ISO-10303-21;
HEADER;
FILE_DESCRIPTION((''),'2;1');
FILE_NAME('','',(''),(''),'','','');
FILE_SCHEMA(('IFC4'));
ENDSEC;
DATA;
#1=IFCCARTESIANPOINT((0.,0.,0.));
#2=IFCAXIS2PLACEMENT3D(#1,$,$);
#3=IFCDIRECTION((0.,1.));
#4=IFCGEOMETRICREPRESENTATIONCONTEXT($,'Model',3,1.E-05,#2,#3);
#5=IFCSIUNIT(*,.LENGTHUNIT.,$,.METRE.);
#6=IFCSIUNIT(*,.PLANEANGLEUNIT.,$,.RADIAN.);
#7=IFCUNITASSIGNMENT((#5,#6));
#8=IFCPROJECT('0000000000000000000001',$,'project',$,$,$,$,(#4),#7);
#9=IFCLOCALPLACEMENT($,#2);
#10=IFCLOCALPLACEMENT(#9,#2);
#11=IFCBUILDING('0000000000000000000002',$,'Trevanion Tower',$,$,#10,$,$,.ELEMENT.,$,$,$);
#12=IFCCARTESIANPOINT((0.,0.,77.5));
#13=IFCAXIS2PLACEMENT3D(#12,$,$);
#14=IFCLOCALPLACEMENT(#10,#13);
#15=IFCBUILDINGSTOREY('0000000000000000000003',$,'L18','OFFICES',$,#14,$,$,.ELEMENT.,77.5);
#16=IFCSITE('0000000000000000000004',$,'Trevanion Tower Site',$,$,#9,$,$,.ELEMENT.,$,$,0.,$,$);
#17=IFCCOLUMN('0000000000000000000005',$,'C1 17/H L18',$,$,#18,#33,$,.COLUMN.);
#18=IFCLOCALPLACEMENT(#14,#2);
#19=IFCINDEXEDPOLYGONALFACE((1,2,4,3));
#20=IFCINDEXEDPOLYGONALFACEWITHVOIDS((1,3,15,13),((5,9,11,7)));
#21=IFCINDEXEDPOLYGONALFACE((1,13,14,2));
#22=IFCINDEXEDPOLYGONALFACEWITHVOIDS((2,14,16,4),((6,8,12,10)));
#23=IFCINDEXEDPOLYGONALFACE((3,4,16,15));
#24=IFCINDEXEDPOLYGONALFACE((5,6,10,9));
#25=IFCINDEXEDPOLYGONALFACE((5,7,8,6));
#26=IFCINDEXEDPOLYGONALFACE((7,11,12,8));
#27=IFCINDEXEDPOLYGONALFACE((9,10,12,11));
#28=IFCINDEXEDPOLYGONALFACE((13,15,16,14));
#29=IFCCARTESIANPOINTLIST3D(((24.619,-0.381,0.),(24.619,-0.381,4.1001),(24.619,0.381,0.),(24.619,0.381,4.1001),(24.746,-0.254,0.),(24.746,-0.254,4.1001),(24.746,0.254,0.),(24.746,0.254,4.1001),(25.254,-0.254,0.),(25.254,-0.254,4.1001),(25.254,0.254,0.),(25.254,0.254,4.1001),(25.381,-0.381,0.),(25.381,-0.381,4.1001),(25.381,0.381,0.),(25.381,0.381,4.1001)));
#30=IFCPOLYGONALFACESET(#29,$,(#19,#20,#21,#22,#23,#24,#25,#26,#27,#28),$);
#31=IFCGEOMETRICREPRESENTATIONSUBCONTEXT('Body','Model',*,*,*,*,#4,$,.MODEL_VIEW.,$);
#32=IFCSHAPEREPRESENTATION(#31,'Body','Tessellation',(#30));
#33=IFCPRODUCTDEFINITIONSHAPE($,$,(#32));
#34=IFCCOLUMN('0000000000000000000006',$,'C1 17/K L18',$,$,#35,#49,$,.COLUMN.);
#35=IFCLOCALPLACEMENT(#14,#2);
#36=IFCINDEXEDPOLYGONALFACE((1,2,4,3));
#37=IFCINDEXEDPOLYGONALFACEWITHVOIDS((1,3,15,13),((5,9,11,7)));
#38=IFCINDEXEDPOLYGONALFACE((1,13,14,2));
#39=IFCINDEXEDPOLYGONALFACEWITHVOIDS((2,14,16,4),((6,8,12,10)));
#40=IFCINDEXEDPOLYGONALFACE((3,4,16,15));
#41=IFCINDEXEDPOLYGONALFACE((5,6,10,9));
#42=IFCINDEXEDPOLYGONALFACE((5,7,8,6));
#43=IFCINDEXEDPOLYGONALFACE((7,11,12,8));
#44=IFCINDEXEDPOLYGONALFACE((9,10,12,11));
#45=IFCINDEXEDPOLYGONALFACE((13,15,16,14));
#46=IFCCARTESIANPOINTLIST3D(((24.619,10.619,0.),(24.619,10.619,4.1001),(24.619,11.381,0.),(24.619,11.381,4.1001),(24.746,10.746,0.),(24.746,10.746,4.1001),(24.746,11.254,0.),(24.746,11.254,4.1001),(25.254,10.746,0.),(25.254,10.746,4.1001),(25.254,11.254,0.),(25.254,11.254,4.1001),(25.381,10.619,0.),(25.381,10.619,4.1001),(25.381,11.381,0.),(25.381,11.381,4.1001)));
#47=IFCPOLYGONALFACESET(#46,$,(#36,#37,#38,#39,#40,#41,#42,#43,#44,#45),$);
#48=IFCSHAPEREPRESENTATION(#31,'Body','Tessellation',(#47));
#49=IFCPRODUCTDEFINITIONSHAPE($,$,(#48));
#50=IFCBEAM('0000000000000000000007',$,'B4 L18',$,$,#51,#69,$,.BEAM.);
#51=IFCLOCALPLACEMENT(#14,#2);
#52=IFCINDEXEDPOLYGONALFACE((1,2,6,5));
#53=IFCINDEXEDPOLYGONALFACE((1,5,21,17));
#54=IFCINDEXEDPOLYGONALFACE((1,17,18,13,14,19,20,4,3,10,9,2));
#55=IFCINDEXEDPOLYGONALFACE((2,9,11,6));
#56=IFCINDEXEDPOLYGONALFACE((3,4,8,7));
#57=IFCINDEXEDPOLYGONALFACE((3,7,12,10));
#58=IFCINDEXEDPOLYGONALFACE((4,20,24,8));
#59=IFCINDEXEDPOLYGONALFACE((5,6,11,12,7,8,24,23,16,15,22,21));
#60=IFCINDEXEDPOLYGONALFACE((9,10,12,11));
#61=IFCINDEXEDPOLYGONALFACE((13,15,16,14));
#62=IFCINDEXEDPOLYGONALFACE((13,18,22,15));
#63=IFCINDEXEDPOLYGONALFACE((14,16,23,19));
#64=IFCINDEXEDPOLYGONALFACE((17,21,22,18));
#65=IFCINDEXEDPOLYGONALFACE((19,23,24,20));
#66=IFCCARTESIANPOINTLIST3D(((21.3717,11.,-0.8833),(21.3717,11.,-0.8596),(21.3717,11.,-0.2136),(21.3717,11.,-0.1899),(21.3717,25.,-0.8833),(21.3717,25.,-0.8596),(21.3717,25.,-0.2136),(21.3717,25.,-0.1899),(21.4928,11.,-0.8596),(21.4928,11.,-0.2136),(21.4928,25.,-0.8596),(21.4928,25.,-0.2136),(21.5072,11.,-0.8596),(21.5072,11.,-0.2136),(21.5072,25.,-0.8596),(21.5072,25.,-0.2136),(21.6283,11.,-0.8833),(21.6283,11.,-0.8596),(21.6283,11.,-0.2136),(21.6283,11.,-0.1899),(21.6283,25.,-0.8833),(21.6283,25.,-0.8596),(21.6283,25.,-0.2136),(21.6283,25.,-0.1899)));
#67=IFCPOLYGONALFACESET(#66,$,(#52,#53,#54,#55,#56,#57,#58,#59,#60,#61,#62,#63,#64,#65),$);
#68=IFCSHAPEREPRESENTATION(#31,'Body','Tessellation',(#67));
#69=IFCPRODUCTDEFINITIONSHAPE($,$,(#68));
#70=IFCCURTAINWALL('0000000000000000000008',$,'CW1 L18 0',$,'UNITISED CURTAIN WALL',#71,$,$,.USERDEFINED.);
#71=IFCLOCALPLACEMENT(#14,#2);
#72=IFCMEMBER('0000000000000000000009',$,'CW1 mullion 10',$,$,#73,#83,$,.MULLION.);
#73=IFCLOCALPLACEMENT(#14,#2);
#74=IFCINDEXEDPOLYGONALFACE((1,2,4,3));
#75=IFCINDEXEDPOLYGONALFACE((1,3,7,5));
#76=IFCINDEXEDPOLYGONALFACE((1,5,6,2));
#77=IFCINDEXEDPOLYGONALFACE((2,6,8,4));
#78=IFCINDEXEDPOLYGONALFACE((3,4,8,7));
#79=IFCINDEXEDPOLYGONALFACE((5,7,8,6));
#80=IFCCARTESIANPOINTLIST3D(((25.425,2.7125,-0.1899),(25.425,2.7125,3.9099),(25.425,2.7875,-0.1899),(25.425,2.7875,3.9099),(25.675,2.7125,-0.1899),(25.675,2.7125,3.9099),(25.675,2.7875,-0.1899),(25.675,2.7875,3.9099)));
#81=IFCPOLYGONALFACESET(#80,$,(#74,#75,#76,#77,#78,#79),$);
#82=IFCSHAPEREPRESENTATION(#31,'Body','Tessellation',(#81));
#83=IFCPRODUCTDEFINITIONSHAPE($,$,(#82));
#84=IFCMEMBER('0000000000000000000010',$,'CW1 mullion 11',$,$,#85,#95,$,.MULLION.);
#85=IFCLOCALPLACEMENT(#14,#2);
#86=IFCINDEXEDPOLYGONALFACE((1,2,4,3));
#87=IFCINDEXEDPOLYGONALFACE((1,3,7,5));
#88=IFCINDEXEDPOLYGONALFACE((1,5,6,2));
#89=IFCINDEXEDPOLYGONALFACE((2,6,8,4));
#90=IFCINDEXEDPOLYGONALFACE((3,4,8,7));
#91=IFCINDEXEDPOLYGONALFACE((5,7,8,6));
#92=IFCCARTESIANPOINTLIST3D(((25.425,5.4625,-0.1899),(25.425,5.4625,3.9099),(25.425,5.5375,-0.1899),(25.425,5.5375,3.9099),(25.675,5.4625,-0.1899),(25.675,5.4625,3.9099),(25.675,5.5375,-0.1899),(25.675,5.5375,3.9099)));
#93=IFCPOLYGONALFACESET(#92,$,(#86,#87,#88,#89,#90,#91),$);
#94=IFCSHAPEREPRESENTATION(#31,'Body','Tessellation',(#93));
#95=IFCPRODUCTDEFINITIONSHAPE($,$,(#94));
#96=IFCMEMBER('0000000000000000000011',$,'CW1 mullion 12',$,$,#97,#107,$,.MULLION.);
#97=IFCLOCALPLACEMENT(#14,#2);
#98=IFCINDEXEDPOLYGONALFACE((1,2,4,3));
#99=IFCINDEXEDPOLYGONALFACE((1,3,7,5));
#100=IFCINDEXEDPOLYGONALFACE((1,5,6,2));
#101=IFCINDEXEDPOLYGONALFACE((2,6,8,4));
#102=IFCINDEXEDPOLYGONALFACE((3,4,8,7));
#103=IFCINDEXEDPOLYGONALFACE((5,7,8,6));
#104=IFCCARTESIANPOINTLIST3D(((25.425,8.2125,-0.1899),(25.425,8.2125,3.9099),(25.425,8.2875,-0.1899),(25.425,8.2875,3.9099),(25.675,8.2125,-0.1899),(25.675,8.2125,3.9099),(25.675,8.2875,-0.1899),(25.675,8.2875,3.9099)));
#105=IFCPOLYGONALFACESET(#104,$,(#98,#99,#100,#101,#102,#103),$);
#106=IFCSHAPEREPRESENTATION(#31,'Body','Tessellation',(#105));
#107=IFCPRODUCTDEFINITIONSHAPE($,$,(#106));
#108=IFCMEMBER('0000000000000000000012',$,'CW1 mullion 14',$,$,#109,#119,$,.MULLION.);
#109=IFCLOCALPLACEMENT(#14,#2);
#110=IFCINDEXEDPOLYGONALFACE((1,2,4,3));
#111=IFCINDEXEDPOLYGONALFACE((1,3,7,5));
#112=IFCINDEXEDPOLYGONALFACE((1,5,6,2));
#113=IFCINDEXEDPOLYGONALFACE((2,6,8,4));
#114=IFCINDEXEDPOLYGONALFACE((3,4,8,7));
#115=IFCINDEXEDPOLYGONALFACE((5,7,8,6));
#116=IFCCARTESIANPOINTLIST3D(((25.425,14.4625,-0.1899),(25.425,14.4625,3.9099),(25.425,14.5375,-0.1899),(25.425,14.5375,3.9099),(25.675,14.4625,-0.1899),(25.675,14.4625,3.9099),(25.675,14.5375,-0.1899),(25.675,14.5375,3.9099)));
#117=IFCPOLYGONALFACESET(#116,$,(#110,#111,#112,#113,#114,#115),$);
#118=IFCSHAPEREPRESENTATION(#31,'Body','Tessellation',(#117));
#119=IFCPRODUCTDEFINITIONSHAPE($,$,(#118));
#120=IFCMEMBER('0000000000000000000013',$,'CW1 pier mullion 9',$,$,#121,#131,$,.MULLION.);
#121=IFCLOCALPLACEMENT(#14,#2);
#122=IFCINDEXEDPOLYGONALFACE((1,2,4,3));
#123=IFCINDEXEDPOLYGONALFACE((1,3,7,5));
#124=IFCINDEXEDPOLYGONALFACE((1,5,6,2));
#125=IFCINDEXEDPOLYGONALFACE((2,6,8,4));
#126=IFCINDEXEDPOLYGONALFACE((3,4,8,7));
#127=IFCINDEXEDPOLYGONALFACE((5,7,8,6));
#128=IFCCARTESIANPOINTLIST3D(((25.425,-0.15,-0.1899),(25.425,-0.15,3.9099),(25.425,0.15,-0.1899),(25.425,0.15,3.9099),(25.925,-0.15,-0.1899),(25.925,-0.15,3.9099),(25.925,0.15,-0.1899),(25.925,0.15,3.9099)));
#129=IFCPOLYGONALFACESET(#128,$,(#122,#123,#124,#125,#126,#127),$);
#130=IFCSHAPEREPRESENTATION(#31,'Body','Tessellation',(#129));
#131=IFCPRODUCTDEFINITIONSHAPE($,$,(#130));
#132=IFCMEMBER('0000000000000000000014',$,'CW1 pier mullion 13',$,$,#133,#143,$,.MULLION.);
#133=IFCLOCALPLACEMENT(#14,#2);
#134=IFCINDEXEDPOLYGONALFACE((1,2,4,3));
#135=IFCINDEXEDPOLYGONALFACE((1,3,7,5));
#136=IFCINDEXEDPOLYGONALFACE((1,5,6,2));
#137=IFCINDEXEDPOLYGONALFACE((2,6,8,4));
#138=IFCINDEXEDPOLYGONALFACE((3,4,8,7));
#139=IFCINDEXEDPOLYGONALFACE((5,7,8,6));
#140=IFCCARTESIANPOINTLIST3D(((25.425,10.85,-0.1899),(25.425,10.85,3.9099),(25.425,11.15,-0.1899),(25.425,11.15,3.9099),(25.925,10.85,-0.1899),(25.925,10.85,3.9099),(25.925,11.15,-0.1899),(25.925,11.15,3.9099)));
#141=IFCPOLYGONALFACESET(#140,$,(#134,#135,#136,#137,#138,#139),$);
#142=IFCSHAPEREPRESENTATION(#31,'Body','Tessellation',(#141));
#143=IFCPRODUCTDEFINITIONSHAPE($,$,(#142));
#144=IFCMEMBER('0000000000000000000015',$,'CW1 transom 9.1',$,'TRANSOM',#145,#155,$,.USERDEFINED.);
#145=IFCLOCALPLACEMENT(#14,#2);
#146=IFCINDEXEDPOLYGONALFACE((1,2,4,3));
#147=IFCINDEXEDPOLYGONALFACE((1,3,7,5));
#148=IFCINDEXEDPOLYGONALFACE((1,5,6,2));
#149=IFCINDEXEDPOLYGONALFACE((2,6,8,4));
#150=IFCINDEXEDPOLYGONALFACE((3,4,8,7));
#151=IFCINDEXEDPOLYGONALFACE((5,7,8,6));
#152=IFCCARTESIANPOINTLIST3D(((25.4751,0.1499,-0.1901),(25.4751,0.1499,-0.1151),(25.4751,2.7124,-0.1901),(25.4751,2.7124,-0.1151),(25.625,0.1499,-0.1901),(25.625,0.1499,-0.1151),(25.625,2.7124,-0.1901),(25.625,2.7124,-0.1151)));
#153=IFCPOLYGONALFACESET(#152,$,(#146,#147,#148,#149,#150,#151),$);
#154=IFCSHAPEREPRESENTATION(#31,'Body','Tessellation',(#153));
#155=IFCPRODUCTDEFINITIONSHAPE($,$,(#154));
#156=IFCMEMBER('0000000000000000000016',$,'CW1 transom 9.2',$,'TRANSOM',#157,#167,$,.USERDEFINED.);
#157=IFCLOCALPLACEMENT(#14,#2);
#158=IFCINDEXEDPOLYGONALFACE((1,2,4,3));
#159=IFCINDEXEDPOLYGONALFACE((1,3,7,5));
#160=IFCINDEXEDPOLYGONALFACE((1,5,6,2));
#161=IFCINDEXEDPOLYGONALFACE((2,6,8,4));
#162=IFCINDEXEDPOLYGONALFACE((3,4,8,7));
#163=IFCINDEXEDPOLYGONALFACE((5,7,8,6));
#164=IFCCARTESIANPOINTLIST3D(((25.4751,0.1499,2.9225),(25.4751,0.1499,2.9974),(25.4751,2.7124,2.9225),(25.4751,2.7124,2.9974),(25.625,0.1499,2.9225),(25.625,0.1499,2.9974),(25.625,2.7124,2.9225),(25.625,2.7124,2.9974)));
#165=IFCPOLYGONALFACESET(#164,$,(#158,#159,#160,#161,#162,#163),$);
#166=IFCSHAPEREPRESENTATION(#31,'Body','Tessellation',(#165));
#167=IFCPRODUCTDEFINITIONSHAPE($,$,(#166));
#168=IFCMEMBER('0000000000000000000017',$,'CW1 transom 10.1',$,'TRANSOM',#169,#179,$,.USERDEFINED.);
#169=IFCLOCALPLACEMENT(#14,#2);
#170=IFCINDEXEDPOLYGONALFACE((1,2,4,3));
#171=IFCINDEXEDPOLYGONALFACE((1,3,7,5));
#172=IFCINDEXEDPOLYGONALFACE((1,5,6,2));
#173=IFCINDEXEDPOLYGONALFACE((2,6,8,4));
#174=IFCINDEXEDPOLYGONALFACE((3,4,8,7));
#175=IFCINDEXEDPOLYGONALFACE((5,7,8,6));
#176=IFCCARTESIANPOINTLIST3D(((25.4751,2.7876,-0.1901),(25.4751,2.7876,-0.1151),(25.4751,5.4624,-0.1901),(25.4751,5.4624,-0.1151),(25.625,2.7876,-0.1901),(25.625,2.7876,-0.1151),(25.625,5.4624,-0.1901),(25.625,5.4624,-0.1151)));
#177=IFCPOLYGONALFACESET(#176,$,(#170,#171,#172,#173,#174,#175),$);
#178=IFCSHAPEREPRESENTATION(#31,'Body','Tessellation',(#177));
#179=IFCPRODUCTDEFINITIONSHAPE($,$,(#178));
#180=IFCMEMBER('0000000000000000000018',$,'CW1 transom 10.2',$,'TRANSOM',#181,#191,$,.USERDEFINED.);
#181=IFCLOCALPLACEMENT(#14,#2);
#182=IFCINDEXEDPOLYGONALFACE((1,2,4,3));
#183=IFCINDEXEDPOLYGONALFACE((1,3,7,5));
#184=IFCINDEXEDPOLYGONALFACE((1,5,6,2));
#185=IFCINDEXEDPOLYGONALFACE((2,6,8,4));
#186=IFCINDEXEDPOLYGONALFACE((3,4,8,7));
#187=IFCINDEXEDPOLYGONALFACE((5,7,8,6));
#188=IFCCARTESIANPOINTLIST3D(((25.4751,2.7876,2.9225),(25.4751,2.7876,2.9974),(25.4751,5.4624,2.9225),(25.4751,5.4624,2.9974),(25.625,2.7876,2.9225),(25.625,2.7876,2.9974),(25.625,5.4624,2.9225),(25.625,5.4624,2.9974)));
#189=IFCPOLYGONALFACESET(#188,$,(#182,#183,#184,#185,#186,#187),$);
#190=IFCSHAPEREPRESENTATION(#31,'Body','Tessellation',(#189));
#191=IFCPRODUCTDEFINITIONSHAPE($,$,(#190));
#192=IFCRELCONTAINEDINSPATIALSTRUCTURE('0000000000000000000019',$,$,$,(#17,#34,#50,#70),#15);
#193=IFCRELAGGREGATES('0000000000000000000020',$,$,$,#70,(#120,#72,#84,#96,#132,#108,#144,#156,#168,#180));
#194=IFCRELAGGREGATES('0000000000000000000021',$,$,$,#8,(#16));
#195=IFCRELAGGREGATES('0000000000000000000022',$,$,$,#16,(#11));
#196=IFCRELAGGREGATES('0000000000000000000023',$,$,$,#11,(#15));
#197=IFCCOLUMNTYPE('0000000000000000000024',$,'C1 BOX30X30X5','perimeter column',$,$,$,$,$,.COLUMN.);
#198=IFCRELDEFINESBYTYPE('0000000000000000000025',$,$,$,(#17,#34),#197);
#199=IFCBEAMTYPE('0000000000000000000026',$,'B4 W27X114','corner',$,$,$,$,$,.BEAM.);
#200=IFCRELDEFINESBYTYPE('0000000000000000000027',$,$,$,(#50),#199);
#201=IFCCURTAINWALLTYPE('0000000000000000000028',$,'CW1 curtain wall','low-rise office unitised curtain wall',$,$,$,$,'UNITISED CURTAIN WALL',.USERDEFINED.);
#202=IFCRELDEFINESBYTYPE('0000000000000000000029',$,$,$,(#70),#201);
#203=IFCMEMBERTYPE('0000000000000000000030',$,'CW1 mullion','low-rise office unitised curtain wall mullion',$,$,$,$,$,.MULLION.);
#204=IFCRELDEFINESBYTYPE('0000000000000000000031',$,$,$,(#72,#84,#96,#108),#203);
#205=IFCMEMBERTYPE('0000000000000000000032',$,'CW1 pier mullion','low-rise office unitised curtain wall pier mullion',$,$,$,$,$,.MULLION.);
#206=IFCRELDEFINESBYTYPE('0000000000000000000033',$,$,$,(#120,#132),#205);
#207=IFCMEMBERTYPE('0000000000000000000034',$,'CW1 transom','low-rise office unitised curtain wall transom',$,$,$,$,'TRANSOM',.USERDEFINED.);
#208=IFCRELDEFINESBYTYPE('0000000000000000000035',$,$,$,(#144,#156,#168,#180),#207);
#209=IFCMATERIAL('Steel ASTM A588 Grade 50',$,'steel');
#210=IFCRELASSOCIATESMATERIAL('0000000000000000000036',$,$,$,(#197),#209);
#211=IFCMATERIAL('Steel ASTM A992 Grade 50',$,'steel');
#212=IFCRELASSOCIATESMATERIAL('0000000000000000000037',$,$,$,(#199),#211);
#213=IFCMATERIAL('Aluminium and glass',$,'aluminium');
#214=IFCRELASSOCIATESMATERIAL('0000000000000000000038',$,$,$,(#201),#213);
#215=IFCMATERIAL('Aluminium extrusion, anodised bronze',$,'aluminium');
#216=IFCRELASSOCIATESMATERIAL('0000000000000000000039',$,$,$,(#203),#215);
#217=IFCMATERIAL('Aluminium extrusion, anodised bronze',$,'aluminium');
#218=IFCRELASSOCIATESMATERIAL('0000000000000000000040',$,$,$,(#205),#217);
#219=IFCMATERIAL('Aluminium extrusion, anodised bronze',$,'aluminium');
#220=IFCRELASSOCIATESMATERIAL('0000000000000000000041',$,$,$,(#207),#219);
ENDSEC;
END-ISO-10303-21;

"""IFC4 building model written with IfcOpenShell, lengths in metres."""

from ifc_helpers import new_model, si_unit, direction, frame, origin, origin_2d, place, context, subcontext, project, spatial, rectangle, hollow_rectangle, i_section, extrude, material, material_profile, profile_set, type_object, element, aggregate, save


model = new_model("IFC4")

# Units and contexts
model_context = context("Model", 3, precision=1e-05, world=origin(), true_north=direction((0.0, 1.0)))
body_context = subcontext(model_context, "Body", "Model", "MODEL_VIEW")
ifc_project = project(units=[si_unit("LENGTHUNIT", "METRE"), si_unit("PLANEANGLEUNIT", "RADIAN")], contexts=[model_context])

# Site, building, storey
site_placement = place(None, origin())
site = spatial("IfcSite", under=ifc_project, at=site_placement, Name="Trevanion Tower Site", CompositionType="ELEMENT", RefElevation=0.0)
building_placement = place(site_placement, origin())
building = spatial("IfcBuilding", under=site, at=building_placement, Name="Trevanion Tower", CompositionType="ELEMENT")
storey_placement = place(building_placement, frame((0.0, 0.0, 77.5)))
storey = spatial("IfcBuildingStorey", under=building, at=storey_placement, Name="L18", Description="OFFICES", CompositionType="ELEMENT", Elevation=77.5)

# Columns
ifc_material_1 = material(Name="Steel ASTM A588 Grade 50", Category="steel")
ifc_material_profile_1 = material_profile(ifc_material_1, hollow_rectangle(XDim=0.762, YDim=0.762, WallThickness=0.127, at=origin_2d()), Name="BOX30X30X5")
ifc_profile_set_1 = profile_set([ifc_material_profile_1], Name="Steel ASTM A588 Grade 50")
column_type = type_object("IfcColumnType", Name="C1 BOX30X30X5", Description="perimeter column", PredefinedType="COLUMN", material=ifc_profile_set_1)
for number, where, z_axis, x_axis, name in (
    (1, (25.0, 0.0, 0.0), (0.0, 0.0, 1.0), (0.0, 1.0, 0.0), "C1 17/H L18"),
    (2, (25.0, 11.0, 0.0), (0.0, 0.0, 1.0), (0.0, 1.0, 0.0), "C1 17/K L18"),
):
    element("IfcColumn", number, at=place(storey_placement, frame(where, z_axis=z_axis, x_axis=x_axis)), inside=storey, type_object=column_type, Name=name, PredefinedType="COLUMN", context=body_context, shape_type="SweptSolid", body=[
        extrude(hollow_rectangle(XDim=0.762, YDim=0.762, WallThickness=0.127, at=origin_2d()), origin(), (0.0, 0.0, 1.0), 4.1001),
    ])

# Beam
ifc_material_2 = material(Name="Steel ASTM A992 Grade 50", Category="steel")
ifc_material_profile_2 = material_profile(ifc_material_2, i_section(OverallWidth=0.2566, OverallDepth=0.6934, WebThickness=0.0144, FlangeThickness=0.0237, at=origin_2d()), Name="W27X114")
ifc_profile_set_2 = profile_set([ifc_material_profile_2], Name="Steel ASTM A992 Grade 50")
beam_type_1 = type_object("IfcBeamType", Name="B4 W27X114", Description="corner", PredefinedType="BEAM", material=ifc_profile_set_2)
beam_1_placement = place(storey_placement, frame((21.5, 11.0, -0.5366), z_axis=(0.0, 1.0, 0.0), x_axis=(-1.0, 0.0, 0.0)))
element("IfcBeam", 3, at=beam_1_placement, inside=storey, type_object=beam_type_1, Name="B4 L18", PredefinedType="BEAM", context=body_context, shape_type="SweptSolid", body=[
    extrude(i_section(OverallWidth=0.2566, OverallDepth=0.6934, WebThickness=0.0144, FlangeThickness=0.0237, at=origin_2d()), origin(), (0.0, 0.0, 1.0), 14.0),
])

# Curtain wall, members
ifc_material_3 = material(Name="Aluminium and glass", Category="aluminium")
curtain_wall_type = type_object("IfcCurtainWallType", Name="CW1 curtain wall", Description="low-rise office unitised curtain wall", ElementType="UNITISED CURTAIN WALL", PredefinedType="USERDEFINED", material=ifc_material_3)
curtain_wall_placement = place(storey_placement, origin())
curtain_wall = element("IfcCurtainWall", 4, at=curtain_wall_placement, inside=storey, type_object=curtain_wall_type, Name="CW1 L18 0", ObjectType="UNITISED CURTAIN WALL", PredefinedType="USERDEFINED")
ifc_material_4 = material(Name="Aluminium extrusion, anodised bronze", Category="aluminium")
ifc_material_profile_3 = material_profile(ifc_material_4, rectangle(XDim=0.075, YDim=0.25, at=origin_2d()), Name="CW1 mullion")
ifc_profile_set_3 = profile_set([ifc_material_profile_3], Name="Aluminium extrusion, anodised bronze")
member_type_1 = type_object("IfcMemberType", Name="CW1 mullion", Description="low-rise office unitised curtain wall mullion", PredefinedType="MULLION", material=ifc_profile_set_3)
member_1_placement = place(storey_placement, frame((25.55, 2.75, -0.1899), z_axis=(0.0, 0.0, 1.0), x_axis=(0.0, 1.0, 0.0)))
member_1 = element("IfcMember", 5, at=member_1_placement, type_object=member_type_1, Name="CW1 mullion 10", PredefinedType="MULLION", context=body_context, shape_type="SweptSolid", body=[
    extrude(rectangle(XDim=0.075, YDim=0.25, at=origin_2d()), origin(), (0.0, 0.0, 1.0), 4.0999),
])
member_2_placement = place(storey_placement, frame((25.55, 5.5, -0.1899), z_axis=(0.0, 0.0, 1.0), x_axis=(0.0, 1.0, 0.0)))
member_2 = element("IfcMember", 6, at=member_2_placement, type_object=member_type_1, Name="CW1 mullion 11", PredefinedType="MULLION", context=body_context, shape_type="SweptSolid", body=[
    extrude(rectangle(XDim=0.075, YDim=0.25, at=origin_2d()), origin(), (0.0, 0.0, 1.0), 4.0999),
])
member_3_placement = place(storey_placement, frame((25.55, 8.25, -0.1899), z_axis=(0.0, 0.0, 1.0), x_axis=(0.0, 1.0, 0.0)))
member_3 = element("IfcMember", 7, at=member_3_placement, type_object=member_type_1, Name="CW1 mullion 12", PredefinedType="MULLION", context=body_context, shape_type="SweptSolid", body=[
    extrude(rectangle(XDim=0.075, YDim=0.25, at=origin_2d()), origin(), (0.0, 0.0, 1.0), 4.0999),
])
member_4_placement = place(storey_placement, frame((25.55, 14.5, -0.1899), z_axis=(0.0, 0.0, 1.0), x_axis=(0.0, 1.0, 0.0)))
member_4 = element("IfcMember", 8, at=member_4_placement, type_object=member_type_1, Name="CW1 mullion 14", PredefinedType="MULLION", context=body_context, shape_type="SweptSolid", body=[
    extrude(rectangle(XDim=0.075, YDim=0.25, at=origin_2d()), origin(), (0.0, 0.0, 1.0), 4.0999),
])
ifc_material_5 = material(Name="Aluminium extrusion, anodised bronze", Category="aluminium")
ifc_material_profile_4 = material_profile(ifc_material_5, rectangle(XDim=0.3, YDim=0.5, at=origin_2d()), Name="CW1 pier mullion")
ifc_profile_set_4 = profile_set([ifc_material_profile_4], Name="Aluminium extrusion, anodised bronze")
member_type_2 = type_object("IfcMemberType", Name="CW1 pier mullion", Description="low-rise office unitised curtain wall pier mullion", PredefinedType="MULLION", material=ifc_profile_set_4)
member_5_placement = place(storey_placement, frame((25.675, 0.0, -0.1899), z_axis=(0.0, 0.0, 1.0), x_axis=(0.0, 1.0, 0.0)))
member_5 = element("IfcMember", 9, at=member_5_placement, type_object=member_type_2, Name="CW1 pier mullion 9", PredefinedType="MULLION", context=body_context, shape_type="SweptSolid", body=[
    extrude(rectangle(XDim=0.3, YDim=0.5, at=origin_2d()), origin(), (0.0, 0.0, 1.0), 4.0999),
])
member_6_placement = place(storey_placement, frame((25.675, 11.0, -0.1899), z_axis=(0.0, 0.0, 1.0), x_axis=(0.0, 1.0, 0.0)))
member_6 = element("IfcMember", 10, at=member_6_placement, type_object=member_type_2, Name="CW1 pier mullion 13", PredefinedType="MULLION", context=body_context, shape_type="SweptSolid", body=[
    extrude(rectangle(XDim=0.3, YDim=0.5, at=origin_2d()), origin(), (0.0, 0.0, 1.0), 4.0999),
])
ifc_material_6 = material(Name="Aluminium extrusion, anodised bronze", Category="aluminium")
ifc_material_profile_5 = material_profile(ifc_material_6, rectangle(XDim=0.1499, YDim=0.075, at=origin_2d()), Name="CW1 transom")
ifc_profile_set_5 = profile_set([ifc_material_profile_5], Name="Aluminium extrusion, anodised bronze")
member_type_3 = type_object("IfcMemberType", Name="CW1 transom", Description="low-rise office unitised curtain wall transom", ElementType="TRANSOM", PredefinedType="USERDEFINED", material=ifc_profile_set_5)
member_7_placement = place(storey_placement, frame((25.55, 0.1499, -0.1526), z_axis=(0.0, 1.0, 0.0), x_axis=(-1.0, 0.0, 0.0)))
member_7 = element("IfcMember", 11, at=member_7_placement, type_object=member_type_3, Name="CW1 transom 9.1", ObjectType="TRANSOM", PredefinedType="USERDEFINED", context=body_context, shape_type="SweptSolid", body=[
    extrude(rectangle(XDim=0.1499, YDim=0.075, at=origin_2d()), origin(), (0.0, 0.0, 1.0), 2.5625),
])
member_8_placement = place(storey_placement, frame((25.55, 0.1499, 2.96), z_axis=(0.0, 1.0, 0.0), x_axis=(-1.0, 0.0, 0.0)))
member_8 = element("IfcMember", 12, at=member_8_placement, type_object=member_type_3, Name="CW1 transom 9.2", ObjectType="TRANSOM", PredefinedType="USERDEFINED", context=body_context, shape_type="SweptSolid", body=[
    extrude(rectangle(XDim=0.1499, YDim=0.075, at=origin_2d()), origin(), (0.0, 0.0, 1.0), 2.5625),
])
member_9_placement = place(storey_placement, frame((25.55, 2.7876, -0.1526), z_axis=(0.0, 1.0, 0.0), x_axis=(-1.0, 0.0, 0.0)))
member_9 = element("IfcMember", 13, at=member_9_placement, type_object=member_type_3, Name="CW1 transom 10.1", ObjectType="TRANSOM", PredefinedType="USERDEFINED", context=body_context, shape_type="SweptSolid", body=[
    extrude(rectangle(XDim=0.1499, YDim=0.075, at=origin_2d()), origin(), (0.0, 0.0, 1.0), 2.6748),
])
member_10_placement = place(storey_placement, frame((25.55, 2.7876, 2.96), z_axis=(0.0, 1.0, 0.0), x_axis=(-1.0, 0.0, 0.0)))
member_10 = element("IfcMember", 14, at=member_10_placement, type_object=member_type_3, Name="CW1 transom 10.2", ObjectType="TRANSOM", PredefinedType="USERDEFINED", context=body_context, shape_type="SweptSolid", body=[
    extrude(rectangle(XDim=0.1499, YDim=0.075, at=origin_2d()), origin(), (0.0, 0.0, 1.0), 2.6748),
])

aggregate(curtain_wall, [member_5, member_1, member_2, member_3, member_6, member_4, member_7, member_8, member_9, member_10])

save(model, "model.ifc")
